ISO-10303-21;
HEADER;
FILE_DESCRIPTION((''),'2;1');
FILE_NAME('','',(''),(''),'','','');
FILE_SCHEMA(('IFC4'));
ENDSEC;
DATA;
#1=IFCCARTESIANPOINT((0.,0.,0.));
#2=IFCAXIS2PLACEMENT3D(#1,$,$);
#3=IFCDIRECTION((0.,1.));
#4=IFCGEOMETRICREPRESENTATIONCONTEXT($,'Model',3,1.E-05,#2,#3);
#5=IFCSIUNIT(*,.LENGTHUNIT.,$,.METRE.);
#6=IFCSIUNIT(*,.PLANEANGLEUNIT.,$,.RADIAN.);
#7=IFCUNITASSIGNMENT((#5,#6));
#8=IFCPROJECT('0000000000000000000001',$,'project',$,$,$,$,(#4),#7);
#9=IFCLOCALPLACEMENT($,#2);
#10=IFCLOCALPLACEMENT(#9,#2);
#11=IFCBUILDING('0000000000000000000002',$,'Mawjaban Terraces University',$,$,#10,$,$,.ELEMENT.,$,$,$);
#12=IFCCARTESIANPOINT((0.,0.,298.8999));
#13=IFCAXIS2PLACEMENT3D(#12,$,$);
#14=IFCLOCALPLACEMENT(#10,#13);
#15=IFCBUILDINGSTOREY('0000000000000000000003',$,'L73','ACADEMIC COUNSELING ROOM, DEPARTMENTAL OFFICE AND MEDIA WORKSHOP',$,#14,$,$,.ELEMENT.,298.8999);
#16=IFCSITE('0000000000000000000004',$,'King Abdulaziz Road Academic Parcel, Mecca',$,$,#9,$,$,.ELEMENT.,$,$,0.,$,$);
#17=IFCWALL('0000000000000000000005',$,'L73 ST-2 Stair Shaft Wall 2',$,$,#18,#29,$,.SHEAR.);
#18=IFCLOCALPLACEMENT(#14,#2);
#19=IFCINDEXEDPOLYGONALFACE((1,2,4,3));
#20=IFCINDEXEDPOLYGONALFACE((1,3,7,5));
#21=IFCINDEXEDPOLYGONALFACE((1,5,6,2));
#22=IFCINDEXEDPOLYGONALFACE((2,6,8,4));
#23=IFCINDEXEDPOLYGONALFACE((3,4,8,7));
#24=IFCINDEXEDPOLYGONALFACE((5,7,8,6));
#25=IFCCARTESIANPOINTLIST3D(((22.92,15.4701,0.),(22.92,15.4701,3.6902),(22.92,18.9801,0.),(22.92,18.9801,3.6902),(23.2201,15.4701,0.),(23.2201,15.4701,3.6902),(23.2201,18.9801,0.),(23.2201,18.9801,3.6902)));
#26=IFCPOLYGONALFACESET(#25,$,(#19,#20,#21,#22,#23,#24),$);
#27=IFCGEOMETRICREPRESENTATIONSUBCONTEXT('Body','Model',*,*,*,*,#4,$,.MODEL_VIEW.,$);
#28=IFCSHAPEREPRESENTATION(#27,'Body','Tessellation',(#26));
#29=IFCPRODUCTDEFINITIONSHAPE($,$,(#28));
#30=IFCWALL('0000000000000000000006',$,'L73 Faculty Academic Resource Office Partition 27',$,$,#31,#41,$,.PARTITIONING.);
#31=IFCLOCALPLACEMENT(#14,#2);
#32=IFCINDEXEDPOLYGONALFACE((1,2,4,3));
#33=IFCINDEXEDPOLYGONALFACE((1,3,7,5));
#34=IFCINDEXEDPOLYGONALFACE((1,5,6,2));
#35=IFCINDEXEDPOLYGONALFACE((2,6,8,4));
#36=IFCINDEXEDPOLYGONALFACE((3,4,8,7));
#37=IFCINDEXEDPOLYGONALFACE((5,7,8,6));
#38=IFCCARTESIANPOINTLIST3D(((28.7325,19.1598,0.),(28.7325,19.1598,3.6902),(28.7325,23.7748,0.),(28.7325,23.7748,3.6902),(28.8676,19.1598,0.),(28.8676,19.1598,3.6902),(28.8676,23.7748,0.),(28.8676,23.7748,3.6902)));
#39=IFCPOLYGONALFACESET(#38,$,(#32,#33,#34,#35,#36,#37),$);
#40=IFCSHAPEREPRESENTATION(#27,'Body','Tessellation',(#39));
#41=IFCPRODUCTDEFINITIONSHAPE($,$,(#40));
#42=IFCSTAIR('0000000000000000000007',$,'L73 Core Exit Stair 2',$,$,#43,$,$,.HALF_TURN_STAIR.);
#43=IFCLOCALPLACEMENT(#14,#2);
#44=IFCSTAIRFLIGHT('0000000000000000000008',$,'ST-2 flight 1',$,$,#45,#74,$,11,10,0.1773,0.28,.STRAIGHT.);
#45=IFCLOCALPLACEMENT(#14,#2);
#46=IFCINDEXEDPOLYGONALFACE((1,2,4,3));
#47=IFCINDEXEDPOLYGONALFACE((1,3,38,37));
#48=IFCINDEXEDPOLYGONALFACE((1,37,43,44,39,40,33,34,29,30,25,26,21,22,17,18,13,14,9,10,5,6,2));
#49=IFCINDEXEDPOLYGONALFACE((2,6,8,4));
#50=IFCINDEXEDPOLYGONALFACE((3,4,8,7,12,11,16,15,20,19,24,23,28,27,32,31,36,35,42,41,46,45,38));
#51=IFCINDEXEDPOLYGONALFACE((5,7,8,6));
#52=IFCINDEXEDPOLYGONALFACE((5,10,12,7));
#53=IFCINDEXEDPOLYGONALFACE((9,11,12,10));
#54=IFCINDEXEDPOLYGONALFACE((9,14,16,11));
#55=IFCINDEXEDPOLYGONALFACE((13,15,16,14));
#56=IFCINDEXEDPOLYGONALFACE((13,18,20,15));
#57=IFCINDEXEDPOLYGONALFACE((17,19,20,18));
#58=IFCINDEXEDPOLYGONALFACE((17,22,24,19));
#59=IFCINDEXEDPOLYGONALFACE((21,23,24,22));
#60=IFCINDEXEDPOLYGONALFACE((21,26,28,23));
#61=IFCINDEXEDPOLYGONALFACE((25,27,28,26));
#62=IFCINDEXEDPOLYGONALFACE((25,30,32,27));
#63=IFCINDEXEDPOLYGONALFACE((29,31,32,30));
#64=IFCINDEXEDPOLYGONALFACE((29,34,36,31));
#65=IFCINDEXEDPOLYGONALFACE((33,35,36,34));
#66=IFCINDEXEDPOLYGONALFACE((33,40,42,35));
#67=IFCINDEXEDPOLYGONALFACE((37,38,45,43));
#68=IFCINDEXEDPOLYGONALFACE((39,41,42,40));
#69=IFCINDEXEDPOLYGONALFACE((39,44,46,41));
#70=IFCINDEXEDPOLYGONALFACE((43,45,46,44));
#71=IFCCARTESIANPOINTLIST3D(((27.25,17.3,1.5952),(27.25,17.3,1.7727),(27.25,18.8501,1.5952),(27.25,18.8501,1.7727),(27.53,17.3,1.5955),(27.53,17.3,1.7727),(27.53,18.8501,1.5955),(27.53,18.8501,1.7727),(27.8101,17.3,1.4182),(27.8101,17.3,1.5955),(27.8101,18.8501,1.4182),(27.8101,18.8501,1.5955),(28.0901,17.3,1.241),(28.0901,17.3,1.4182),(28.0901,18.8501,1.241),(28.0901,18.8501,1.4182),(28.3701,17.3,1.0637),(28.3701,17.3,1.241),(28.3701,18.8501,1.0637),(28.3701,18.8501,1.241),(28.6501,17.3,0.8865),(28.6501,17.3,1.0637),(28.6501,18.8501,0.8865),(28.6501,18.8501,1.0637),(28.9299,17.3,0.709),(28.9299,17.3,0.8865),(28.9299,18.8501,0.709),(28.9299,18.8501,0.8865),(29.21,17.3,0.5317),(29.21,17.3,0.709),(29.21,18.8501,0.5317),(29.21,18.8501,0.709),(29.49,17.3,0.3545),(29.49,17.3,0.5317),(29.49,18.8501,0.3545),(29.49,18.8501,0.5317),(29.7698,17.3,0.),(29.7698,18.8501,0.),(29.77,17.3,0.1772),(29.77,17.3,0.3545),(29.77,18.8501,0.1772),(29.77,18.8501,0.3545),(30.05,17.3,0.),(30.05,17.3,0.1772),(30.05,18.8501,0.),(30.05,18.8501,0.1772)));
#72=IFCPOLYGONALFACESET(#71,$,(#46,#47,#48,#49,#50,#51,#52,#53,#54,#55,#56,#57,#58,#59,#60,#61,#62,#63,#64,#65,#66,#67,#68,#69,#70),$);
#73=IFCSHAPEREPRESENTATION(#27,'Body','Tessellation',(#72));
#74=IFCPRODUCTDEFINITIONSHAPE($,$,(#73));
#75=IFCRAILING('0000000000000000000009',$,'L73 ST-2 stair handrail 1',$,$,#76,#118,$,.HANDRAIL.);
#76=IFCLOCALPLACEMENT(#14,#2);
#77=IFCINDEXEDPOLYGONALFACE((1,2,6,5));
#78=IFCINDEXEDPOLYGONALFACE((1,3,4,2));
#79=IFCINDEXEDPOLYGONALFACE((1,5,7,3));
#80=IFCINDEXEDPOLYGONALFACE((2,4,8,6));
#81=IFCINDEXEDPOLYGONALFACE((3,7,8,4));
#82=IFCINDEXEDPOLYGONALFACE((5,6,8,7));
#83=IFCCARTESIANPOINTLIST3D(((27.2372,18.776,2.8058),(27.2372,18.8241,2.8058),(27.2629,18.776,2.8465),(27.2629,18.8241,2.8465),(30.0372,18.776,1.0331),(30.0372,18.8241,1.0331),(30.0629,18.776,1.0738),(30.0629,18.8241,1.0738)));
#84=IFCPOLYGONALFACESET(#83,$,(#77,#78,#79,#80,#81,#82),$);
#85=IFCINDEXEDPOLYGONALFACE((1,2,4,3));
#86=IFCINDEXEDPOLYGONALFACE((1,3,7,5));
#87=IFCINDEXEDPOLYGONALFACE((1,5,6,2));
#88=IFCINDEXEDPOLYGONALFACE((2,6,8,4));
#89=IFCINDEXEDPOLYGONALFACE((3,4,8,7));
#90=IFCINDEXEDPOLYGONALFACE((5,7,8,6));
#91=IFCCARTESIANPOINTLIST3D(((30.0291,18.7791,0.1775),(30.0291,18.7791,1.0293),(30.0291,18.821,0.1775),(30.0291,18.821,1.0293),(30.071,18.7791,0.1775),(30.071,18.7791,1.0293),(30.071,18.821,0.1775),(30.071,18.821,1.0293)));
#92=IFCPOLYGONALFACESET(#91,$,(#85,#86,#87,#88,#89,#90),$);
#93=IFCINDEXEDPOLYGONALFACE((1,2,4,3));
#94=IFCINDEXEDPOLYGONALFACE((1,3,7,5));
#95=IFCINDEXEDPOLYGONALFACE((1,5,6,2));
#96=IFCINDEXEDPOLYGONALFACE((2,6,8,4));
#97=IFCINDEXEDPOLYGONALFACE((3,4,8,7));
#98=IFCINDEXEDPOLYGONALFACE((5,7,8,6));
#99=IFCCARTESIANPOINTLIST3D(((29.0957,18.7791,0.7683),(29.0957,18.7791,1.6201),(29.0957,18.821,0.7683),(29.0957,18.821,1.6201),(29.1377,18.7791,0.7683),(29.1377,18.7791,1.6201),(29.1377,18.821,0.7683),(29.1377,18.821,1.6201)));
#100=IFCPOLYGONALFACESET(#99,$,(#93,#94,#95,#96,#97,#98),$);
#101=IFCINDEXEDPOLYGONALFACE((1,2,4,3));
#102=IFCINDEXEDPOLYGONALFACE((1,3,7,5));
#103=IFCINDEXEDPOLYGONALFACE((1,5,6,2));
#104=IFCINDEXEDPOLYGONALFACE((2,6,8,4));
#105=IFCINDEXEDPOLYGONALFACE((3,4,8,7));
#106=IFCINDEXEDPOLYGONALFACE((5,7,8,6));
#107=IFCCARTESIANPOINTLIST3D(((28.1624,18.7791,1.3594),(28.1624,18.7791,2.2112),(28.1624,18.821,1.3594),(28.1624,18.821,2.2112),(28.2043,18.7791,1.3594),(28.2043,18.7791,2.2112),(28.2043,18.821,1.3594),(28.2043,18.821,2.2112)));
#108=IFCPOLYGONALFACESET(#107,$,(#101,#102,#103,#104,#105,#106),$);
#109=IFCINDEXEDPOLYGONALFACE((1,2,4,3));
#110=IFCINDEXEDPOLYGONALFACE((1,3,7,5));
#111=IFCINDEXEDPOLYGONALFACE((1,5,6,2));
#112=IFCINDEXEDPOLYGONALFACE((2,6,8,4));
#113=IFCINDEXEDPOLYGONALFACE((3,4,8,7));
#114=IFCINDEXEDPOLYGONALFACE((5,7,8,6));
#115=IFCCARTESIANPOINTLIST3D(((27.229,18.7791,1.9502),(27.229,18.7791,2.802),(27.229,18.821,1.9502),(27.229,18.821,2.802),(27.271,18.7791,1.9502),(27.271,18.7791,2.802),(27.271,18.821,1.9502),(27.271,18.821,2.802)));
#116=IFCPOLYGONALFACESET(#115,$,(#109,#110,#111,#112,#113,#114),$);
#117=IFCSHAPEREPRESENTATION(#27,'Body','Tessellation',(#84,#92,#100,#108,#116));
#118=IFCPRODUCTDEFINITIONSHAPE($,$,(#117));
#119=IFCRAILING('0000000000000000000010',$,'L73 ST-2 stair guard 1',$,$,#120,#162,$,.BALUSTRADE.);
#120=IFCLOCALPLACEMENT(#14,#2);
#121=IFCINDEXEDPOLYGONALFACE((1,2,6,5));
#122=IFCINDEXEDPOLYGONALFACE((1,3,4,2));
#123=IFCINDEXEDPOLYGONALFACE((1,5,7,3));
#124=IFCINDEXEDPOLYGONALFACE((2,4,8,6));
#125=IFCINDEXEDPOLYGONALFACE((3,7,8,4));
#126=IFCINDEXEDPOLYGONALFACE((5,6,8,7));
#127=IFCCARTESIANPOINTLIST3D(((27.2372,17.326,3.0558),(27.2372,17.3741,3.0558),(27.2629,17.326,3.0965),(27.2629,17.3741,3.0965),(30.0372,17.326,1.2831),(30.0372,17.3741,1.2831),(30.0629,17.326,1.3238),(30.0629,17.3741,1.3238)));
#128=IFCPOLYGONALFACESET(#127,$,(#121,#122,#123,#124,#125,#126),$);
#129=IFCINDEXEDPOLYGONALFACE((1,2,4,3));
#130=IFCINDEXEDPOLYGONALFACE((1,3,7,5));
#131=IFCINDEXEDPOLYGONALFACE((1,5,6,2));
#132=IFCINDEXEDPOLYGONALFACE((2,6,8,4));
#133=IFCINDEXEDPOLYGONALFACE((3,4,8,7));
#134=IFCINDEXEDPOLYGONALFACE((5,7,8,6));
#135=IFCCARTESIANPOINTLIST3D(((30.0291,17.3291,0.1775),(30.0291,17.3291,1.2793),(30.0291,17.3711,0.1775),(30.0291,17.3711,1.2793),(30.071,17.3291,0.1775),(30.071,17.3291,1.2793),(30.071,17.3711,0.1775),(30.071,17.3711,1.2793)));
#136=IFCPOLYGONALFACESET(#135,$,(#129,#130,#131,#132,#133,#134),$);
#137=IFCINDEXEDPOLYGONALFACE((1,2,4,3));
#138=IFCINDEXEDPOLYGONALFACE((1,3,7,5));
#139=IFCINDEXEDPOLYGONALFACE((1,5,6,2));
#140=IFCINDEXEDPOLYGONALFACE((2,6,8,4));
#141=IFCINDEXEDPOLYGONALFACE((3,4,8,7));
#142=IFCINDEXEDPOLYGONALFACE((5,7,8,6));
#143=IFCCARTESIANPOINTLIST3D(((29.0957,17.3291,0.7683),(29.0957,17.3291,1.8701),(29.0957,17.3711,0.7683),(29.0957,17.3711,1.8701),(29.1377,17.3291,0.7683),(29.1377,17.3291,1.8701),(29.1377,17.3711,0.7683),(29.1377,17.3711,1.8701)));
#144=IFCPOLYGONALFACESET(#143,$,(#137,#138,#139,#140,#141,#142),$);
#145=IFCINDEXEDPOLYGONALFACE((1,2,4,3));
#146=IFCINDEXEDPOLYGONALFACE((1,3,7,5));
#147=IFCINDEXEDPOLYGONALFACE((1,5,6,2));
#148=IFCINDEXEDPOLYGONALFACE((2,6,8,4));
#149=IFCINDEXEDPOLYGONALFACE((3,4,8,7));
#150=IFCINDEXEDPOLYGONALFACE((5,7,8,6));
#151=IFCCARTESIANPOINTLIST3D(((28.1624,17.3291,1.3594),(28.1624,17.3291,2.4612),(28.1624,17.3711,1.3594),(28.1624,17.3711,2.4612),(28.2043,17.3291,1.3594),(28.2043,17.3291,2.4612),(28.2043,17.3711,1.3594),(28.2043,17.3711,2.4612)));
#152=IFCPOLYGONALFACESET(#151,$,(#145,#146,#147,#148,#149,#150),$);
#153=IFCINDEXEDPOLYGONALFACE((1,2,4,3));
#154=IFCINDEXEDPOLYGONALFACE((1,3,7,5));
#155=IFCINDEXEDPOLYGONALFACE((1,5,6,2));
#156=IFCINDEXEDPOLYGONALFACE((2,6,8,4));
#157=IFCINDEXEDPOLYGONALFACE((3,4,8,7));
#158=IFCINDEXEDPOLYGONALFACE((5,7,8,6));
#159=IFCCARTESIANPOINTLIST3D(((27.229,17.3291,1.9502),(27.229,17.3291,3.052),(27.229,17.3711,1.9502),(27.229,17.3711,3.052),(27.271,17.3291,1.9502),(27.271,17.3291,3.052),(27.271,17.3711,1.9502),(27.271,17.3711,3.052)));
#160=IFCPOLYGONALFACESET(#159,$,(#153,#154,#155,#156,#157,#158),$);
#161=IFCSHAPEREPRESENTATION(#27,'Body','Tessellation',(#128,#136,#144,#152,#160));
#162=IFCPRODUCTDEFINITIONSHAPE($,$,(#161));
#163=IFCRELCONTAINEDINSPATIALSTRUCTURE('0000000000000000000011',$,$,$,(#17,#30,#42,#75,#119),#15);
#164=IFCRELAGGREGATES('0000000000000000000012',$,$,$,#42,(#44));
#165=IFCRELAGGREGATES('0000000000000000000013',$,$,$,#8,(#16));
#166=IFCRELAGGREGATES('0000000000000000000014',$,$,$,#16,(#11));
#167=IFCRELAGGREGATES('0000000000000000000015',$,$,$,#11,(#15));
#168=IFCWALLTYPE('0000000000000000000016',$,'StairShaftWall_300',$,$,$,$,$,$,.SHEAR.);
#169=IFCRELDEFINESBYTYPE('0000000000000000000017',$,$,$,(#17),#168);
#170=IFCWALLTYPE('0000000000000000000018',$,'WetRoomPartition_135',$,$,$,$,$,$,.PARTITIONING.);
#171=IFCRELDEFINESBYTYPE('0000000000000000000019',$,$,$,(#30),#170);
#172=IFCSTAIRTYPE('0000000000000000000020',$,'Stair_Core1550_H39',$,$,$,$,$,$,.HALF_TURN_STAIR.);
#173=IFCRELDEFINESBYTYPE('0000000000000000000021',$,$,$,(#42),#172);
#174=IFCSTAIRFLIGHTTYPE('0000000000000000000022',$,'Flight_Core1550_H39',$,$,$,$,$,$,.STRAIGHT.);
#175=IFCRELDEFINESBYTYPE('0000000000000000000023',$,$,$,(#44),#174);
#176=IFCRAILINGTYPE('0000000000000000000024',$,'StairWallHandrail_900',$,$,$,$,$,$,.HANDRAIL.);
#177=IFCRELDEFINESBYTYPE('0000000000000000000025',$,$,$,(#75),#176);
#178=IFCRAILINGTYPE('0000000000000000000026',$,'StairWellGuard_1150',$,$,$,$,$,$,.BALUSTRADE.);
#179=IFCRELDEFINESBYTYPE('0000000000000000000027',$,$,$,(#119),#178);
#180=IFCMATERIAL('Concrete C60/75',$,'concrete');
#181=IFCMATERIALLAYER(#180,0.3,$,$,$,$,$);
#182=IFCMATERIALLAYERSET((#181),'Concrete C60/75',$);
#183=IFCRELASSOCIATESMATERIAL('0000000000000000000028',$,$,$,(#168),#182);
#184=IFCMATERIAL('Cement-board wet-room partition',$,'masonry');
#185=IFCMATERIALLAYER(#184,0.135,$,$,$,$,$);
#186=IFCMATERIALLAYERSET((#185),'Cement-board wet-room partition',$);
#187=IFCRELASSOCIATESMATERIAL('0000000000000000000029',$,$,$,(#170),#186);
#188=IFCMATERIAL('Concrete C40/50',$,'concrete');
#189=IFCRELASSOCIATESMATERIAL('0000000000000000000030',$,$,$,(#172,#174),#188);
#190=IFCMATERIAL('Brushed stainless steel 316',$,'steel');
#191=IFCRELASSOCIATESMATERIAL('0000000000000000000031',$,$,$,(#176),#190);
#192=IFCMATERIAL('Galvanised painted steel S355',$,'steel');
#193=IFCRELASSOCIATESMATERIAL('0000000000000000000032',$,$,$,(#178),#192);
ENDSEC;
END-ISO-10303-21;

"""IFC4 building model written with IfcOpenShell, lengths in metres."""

from ifc_helpers import new_model, si_unit, direction, frame, frame_2d, origin, origin_2d, place, context, subcontext, project, spatial, polyline, rectangle, outline, extrude, material, layer, layer_set, type_object, element, aggregate, save


model = new_model("IFC4")

# Units and contexts
model_context = context("Model", 3, precision=1e-05, world=origin(), true_north=direction((0.0, 1.0)))
body_context = subcontext(model_context, "Body", "Model", "MODEL_VIEW")
ifc_project = project(units=[si_unit("LENGTHUNIT", "METRE"), si_unit("PLANEANGLEUNIT", "RADIAN")], contexts=[model_context])

# Site, building, storey
site_placement = place(None, origin())
site = spatial("IfcSite", under=ifc_project, at=site_placement, Name="King Abdulaziz Road Academic Parcel, Mecca", CompositionType="ELEMENT", RefElevation=0.0)
building_placement = place(site_placement, origin())
building = spatial("IfcBuilding", under=site, at=building_placement, Name="Mawjaban Terraces University", CompositionType="ELEMENT")
storey_placement = place(building_placement, frame((0.0, 0.0, 298.8999)))
storey = spatial("IfcBuildingStorey", under=building, at=storey_placement, Name="L73", Description="ACADEMIC COUNSELING ROOM, DEPARTMENTAL OFFICE AND MEDIA WORKSHOP", CompositionType="ELEMENT", Elevation=298.8999)

# Walls
ifc_material_1 = material(Name="Concrete C40/50", Category="concrete")
ifc_material_2 = material(Name="Concrete C60/75", Category="concrete")
ifc_layer_1 = layer(ifc_material_2, 0.3)
ifc_layer_set_1 = layer_set([ifc_layer_1], Name="Concrete C60/75")
wall_type_1 = type_object("IfcWallType", Name="StairShaftWall_300", PredefinedType="SHEAR", material=ifc_layer_set_1)
wall_1_placement = place(storey_placement, frame((23.0701, 18.98, 0.0), z_axis=(0.0, 0.0, 1.0), x_axis=(0.0, -1.0, 0.0)))
element("IfcWall", 1, at=wall_1_placement, inside=storey, type_object=wall_type_1, Name="L73 ST-2 Stair Shaft Wall 2", PredefinedType="SHEAR", context=body_context, shape_type="SweptSolid", body=[
    extrude(rectangle(XDim=3.51, YDim=0.3, at=frame_2d((1.7549, 0.0))), origin(), (0.0, 0.0, 1.0), 3.6902),
])
ifc_material_3 = material(Name="Cement-board wet-room partition", Category="masonry")
ifc_layer_2 = layer(ifc_material_3, 0.135)
ifc_layer_set_2 = layer_set([ifc_layer_2], Name="Cement-board wet-room partition")
wall_type_2 = type_object("IfcWallType", Name="WetRoomPartition_135", PredefinedType="PARTITIONING", material=ifc_layer_set_2)
wall_2_placement = place(storey_placement, frame((28.8, 23.7749, 0.0), z_axis=(0.0, 0.0, 1.0), x_axis=(0.0, -1.0, 0.0)))
element("IfcWall", 2, at=wall_2_placement, inside=storey, type_object=wall_type_2, Name="L73 Faculty Academic Resource Office Partition 27", PredefinedType="PARTITIONING", context=body_context, shape_type="SweptSolid", body=[
    extrude(rectangle(XDim=4.615, YDim=0.135, at=frame_2d((2.3076, 0.0))), origin(), (0.0, 0.0, 1.0), 3.6902),
])

# Stair, stair flight
stair_type = type_object("IfcStairType", Name="Stair_Core1550_H39", PredefinedType="HALF_TURN_STAIR", material=ifc_material_1)
stair_placement = place(storey_placement, origin())
stair = element("IfcStair", 3, at=stair_placement, inside=storey, type_object=stair_type, Name="L73 Core Exit Stair 2", PredefinedType="HALF_TURN_STAIR")
stair_flight_type = type_object("IfcStairFlightType", Name="Flight_Core1550_H39", PredefinedType="STRAIGHT", material=ifc_material_1)
stair_flight_placement = place(storey_placement, frame((30.05, 18.075, 0.0), z_axis=(0.0, 0.0, 1.0), x_axis=(-1.0, 0.0, 0.0)))
stair_flight = element("IfcStairFlight", 4, at=stair_flight_placement, type_object=stair_flight_type, Name="ST-2 flight 1", NumberOfRisers=11, NumberOfTreads=10, PredefinedType="STRAIGHT", RiserHeight=0.1773, TreadLength=0.28, context=body_context, shape_type="SweptSolid", body=[
    extrude(outline(polyline([(0.0, 0.0), (0.0, 0.1772), (0.28, 0.1772), (0.28, 0.3545), (0.5601, 0.3545), (0.5601, 0.5317), (0.8401, 0.5317), (0.8401, 0.709), (1.1201, 0.709), (1.1201, 0.8865), (1.3999, 0.8865), (1.3999, 1.0637), (1.6799, 1.0637), (1.6799, 1.241), (1.96, 1.241), (1.96, 1.4182), (2.24, 1.4182), (2.24, 1.5955), (2.52, 1.5955), (2.52, 1.7727), (2.8, 1.7727), (2.8, 1.95), (2.8, 1.5952), (0.2803, 0.0), (0.0, 0.0)])), frame((0.0, 0.7749, 0.0), z_axis=(0.0, -1.0, 0.0), x_axis=(1.0, 0.0, 0.0)), (0.0, 0.0, 1.0), 1.55),
])
aggregate(stair, [stair_flight])

# Railings
ifc_material_4 = material(Name="Brushed stainless steel 316", Category="steel")
railing_type_1 = type_object("IfcRailingType", Name="StairWallHandrail_900", PredefinedType="HANDRAIL", material=ifc_material_4)
railing_1_placement = place(storey_placement, frame((30.05, 18.8, 0.1775)))
element("IfcRailing", 5, at=railing_1_placement, inside=storey, type_object=railing_type_1, Name="L73 ST-2 stair handrail 1", PredefinedType="HANDRAIL", context=body_context, shape_type="SweptSolid", body=[
    extrude(rectangle(XDim=0.0481, YDim=0.0481, at=origin_2d()), frame((0.0, 0.0, 0.876), z_axis=(-0.844909, 0.0, 0.53491), x_axis=(0.0, -1.0, 0.0)), (0.0, 0.0, 1.0), 3.314),
    extrude(rectangle(XDim=0.042, YDim=0.042, at=origin_2d()), origin(), (0.0, 0.0, 1.0), 0.8518),
    extrude(rectangle(XDim=0.042, YDim=0.042, at=origin_2d()), frame((-0.9333, 0.0, 0.5908)), (0.0, 0.0, 1.0), 0.8518),
    extrude(rectangle(XDim=0.042, YDim=0.042, at=origin_2d()), frame((-1.8667, 0.0, 1.1819)), (0.0, 0.0, 1.0), 0.8518),
    extrude(rectangle(XDim=0.042, YDim=0.042, at=origin_2d()), frame((-2.8, 0.0, 1.7727)), (0.0, 0.0, 1.0), 0.8518),
])
ifc_material_5 = material(Name="Galvanised painted steel S355", Category="steel")
railing_type_2 = type_object("IfcRailingType", Name="StairWellGuard_1150", PredefinedType="BALUSTRADE", material=ifc_material_5)
railing_2_placement = place(storey_placement, frame((30.05, 17.3501, 0.1775)))
element("IfcRailing", 6, at=railing_2_placement, inside=storey, type_object=railing_type_2, Name="L73 ST-2 stair guard 1", PredefinedType="BALUSTRADE", context=body_context, shape_type="SweptSolid", body=[
    extrude(rectangle(XDim=0.0481, YDim=0.0481, at=origin_2d()), frame((0.0, 0.0, 1.126), z_axis=(-0.844909, 0.0, 0.53491), x_axis=(0.0, -1.0, 0.0)), (0.0, 0.0, 1.0), 3.314),
    extrude(rectangle(XDim=0.042, YDim=0.042, at=origin_2d()), origin(), (0.0, 0.0, 1.0), 1.1018),
    extrude(rectangle(XDim=0.042, YDim=0.042, at=origin_2d()), frame((-0.9333, 0.0, 0.5908)), (0.0, 0.0, 1.0), 1.1018),
    extrude(rectangle(XDim=0.042, YDim=0.042, at=origin_2d()), frame((-1.8667, 0.0, 1.1819)), (0.0, 0.0, 1.0), 1.1018),
    extrude(rectangle(XDim=0.042, YDim=0.042, at=origin_2d()), frame((-2.8, 0.0, 1.7727)), (0.0, 0.0, 1.0), 1.1018),
])

save(model, "model.ifc")
